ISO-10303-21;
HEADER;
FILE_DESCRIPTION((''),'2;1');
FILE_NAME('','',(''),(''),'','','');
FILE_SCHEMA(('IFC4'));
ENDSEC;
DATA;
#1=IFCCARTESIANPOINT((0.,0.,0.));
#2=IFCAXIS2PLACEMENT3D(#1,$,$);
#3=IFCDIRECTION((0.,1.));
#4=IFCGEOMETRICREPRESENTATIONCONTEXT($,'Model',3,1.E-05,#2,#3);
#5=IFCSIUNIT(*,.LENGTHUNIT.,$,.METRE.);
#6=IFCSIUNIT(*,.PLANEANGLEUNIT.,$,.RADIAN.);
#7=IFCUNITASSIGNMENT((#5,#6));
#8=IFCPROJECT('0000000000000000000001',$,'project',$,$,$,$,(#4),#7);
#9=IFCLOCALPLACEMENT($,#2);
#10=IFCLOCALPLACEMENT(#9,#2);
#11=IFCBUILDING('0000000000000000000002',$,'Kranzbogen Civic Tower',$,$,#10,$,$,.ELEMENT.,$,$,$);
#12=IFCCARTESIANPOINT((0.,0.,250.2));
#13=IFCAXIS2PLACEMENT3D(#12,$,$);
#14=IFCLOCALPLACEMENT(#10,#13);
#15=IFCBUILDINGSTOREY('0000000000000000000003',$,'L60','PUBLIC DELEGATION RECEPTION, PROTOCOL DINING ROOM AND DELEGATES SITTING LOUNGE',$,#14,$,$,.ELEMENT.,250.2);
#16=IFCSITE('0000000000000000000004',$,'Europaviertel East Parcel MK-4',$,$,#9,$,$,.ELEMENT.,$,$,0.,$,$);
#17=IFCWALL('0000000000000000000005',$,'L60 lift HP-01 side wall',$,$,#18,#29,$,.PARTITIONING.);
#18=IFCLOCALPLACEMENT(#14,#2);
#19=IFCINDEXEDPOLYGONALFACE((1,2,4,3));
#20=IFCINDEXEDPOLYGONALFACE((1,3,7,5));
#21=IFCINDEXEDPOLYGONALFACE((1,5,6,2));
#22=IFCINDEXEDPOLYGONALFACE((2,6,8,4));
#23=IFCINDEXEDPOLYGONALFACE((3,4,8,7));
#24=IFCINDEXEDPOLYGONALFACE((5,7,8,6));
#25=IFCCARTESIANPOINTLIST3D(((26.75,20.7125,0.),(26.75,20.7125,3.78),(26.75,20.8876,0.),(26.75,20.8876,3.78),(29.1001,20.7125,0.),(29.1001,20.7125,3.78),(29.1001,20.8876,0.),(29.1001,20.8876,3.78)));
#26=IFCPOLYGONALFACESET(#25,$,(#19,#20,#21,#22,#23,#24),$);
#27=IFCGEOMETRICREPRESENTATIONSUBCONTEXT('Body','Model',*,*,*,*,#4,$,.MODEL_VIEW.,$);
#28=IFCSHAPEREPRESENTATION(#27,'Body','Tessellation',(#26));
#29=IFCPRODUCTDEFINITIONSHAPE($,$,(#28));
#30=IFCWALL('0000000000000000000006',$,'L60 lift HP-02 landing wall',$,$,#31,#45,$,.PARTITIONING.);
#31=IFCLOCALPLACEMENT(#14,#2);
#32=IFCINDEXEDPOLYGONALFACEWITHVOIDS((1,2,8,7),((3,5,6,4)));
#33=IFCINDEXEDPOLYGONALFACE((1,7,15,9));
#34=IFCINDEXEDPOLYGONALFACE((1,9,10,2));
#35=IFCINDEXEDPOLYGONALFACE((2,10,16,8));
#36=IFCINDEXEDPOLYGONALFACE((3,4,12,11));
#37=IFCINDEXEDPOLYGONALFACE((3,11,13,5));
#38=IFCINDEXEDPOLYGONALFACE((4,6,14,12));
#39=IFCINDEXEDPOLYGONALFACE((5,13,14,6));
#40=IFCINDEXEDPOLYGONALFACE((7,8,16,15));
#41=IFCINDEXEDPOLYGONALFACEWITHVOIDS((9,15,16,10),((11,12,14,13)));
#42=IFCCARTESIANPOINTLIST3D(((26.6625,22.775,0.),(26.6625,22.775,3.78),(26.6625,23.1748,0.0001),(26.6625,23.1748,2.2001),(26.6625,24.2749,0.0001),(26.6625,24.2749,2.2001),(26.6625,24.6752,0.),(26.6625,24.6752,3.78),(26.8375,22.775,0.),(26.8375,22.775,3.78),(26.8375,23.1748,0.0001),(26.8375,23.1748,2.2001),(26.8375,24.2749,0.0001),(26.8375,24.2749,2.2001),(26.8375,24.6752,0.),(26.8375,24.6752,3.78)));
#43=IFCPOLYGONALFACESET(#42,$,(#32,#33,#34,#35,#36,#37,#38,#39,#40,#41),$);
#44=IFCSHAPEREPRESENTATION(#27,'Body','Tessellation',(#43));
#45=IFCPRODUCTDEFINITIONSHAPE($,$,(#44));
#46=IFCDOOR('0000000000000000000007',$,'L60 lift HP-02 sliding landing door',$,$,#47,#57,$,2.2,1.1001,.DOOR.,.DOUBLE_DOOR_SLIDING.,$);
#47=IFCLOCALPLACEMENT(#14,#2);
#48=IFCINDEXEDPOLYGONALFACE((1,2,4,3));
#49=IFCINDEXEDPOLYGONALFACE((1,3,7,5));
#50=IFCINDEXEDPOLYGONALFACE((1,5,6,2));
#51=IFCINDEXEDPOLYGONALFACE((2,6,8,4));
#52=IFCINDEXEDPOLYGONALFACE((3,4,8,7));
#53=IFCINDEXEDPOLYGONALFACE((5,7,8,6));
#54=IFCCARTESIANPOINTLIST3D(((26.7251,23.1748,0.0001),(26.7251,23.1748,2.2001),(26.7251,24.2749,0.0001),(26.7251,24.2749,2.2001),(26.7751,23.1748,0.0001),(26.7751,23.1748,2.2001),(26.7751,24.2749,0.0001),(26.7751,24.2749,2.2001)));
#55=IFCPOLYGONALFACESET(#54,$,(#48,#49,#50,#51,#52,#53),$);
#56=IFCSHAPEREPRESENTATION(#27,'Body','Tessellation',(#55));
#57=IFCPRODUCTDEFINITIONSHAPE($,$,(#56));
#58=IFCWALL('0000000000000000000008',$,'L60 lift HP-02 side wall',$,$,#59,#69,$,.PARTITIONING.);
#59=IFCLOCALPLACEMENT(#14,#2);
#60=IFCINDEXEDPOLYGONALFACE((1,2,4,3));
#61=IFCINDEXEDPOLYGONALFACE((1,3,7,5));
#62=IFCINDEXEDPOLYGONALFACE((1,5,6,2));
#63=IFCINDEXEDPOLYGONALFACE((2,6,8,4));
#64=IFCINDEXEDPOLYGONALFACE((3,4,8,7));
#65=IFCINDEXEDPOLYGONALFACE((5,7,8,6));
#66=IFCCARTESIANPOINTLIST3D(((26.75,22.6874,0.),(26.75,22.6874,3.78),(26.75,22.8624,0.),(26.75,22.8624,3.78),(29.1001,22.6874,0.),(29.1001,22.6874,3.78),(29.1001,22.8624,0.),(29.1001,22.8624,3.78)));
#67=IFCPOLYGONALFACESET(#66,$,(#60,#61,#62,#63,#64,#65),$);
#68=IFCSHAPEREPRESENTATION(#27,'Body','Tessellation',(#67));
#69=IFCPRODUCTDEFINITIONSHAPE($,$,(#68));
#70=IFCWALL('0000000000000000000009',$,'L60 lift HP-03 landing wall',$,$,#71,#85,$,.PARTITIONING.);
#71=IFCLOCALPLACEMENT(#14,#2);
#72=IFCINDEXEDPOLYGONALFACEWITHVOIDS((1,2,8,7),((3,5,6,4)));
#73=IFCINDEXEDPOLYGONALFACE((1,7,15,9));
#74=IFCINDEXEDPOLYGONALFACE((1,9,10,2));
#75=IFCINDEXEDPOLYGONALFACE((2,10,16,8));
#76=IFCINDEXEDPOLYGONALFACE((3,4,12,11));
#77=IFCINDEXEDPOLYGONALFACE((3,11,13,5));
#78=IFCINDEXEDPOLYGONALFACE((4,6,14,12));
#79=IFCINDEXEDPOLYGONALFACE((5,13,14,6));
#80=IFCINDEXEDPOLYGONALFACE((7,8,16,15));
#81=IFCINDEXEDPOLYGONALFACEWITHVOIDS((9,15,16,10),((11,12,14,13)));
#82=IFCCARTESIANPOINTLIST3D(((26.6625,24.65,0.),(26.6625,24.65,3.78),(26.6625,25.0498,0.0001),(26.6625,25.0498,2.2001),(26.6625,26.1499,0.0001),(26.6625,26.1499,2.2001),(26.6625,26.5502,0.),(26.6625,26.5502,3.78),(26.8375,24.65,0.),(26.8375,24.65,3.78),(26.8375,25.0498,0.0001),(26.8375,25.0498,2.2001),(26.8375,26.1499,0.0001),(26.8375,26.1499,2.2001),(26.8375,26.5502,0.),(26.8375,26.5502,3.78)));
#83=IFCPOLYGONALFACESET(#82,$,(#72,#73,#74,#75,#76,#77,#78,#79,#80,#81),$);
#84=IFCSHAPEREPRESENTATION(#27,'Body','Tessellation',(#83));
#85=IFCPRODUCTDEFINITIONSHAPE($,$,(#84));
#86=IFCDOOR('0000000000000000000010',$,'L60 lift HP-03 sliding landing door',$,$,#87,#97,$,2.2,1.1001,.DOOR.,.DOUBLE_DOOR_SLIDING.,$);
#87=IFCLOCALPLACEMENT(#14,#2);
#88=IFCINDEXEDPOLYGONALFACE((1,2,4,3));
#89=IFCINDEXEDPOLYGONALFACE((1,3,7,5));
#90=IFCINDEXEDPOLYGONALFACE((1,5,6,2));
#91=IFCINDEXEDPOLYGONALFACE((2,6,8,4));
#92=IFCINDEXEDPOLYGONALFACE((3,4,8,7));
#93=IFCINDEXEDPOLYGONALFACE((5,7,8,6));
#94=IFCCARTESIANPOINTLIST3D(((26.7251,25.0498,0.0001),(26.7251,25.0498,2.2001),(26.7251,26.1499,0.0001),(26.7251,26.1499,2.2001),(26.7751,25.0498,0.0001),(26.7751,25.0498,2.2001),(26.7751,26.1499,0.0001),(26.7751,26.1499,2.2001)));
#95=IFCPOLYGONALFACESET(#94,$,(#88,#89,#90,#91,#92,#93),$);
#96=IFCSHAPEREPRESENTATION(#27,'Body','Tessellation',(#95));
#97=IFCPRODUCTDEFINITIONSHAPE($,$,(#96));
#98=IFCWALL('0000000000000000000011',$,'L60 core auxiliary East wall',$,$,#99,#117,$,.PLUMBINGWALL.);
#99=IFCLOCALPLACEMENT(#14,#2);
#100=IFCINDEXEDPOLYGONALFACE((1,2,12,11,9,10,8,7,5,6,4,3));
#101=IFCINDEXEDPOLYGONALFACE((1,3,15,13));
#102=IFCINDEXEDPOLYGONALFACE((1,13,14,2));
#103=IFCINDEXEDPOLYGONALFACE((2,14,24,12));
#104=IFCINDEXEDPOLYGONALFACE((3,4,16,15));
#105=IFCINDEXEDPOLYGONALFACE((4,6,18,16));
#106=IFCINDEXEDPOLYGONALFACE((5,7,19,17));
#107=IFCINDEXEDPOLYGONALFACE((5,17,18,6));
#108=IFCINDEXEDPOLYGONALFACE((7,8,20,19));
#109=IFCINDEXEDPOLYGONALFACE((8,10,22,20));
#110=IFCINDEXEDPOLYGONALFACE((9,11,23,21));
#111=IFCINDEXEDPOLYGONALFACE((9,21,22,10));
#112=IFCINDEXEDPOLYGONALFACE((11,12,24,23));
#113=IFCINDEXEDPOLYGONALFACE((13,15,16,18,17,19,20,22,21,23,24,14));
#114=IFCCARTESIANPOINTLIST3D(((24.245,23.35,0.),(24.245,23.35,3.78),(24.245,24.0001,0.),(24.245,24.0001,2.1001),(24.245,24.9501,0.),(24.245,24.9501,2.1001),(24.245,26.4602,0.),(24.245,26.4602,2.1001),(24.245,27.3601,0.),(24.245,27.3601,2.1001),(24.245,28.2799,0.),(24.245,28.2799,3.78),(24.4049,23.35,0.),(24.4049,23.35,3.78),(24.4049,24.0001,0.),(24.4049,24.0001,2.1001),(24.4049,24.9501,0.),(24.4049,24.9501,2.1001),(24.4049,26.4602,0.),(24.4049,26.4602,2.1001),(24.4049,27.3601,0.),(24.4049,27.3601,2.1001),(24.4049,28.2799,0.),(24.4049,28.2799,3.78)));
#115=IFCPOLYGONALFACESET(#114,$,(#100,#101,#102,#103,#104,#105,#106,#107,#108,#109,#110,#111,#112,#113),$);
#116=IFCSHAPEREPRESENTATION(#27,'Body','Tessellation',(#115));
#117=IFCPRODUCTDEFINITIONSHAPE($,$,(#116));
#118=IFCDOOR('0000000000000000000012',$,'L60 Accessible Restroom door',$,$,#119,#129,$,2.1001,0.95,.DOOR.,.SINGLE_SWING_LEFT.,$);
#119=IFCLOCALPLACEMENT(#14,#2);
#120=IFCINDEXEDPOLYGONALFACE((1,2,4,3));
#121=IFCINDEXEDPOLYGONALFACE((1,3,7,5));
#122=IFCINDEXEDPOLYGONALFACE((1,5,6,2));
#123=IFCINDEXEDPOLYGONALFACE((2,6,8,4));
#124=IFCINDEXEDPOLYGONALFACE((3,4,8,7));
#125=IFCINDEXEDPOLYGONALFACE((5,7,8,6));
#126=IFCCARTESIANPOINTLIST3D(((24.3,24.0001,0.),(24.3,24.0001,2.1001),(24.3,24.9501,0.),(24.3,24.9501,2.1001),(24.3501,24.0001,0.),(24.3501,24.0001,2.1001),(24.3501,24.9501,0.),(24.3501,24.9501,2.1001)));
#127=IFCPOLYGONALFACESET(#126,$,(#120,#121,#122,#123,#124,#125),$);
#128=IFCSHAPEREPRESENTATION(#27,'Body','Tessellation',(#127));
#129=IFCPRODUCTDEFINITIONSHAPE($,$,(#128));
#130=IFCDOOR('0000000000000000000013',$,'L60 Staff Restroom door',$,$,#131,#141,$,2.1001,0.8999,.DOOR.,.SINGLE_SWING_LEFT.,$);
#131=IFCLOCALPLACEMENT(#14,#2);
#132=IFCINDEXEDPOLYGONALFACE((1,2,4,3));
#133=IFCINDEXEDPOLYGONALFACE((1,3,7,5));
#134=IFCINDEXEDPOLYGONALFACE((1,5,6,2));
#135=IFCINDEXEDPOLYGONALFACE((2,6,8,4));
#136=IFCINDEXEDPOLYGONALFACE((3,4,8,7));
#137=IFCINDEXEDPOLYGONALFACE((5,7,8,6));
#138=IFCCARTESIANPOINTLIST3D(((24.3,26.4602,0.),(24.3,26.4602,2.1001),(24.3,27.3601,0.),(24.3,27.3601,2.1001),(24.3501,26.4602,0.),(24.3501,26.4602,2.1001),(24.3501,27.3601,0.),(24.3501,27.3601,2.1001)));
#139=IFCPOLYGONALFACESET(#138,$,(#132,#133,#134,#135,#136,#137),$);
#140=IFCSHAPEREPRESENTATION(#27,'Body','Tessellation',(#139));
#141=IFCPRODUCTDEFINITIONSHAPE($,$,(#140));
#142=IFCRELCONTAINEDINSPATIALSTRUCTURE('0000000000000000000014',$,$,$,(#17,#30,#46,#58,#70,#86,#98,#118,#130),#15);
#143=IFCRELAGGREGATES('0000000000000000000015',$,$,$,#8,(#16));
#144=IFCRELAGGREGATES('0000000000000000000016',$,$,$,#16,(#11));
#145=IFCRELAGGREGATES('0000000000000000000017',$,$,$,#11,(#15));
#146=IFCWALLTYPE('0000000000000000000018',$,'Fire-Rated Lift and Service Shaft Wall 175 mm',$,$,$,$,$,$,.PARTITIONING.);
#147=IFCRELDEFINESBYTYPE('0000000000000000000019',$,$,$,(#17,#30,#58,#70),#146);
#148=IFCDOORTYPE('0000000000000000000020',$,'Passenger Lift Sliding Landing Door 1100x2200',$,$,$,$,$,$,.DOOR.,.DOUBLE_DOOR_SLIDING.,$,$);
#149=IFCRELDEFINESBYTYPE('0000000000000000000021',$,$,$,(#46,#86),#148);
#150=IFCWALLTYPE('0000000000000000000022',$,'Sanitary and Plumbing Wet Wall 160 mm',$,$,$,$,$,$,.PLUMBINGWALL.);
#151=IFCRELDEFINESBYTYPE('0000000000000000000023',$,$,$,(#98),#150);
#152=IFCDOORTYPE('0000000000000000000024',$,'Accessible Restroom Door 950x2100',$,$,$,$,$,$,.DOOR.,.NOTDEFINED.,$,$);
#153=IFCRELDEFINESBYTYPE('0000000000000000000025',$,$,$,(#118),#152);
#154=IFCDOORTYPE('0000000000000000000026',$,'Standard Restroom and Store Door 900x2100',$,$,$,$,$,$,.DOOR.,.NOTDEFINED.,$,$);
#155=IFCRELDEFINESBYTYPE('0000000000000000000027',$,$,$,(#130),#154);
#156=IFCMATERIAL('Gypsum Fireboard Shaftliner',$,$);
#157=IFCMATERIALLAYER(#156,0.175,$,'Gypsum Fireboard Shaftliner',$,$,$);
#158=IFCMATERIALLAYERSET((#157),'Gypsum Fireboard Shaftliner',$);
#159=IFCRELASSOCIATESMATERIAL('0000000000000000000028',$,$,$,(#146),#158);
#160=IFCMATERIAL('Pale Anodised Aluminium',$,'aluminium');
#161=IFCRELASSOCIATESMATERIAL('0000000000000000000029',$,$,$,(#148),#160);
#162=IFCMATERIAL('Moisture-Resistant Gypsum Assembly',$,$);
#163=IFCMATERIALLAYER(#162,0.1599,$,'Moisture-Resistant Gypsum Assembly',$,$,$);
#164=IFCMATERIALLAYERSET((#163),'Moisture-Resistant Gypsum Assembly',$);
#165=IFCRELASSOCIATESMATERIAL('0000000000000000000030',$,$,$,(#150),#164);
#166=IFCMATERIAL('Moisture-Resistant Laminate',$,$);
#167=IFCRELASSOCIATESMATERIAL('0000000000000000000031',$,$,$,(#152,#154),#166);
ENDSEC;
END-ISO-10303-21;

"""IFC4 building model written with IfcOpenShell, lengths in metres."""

from ifc_helpers import new_model, si_unit, direction, frame, frame_2d, origin, place, context, subcontext, project, spatial, rectangle, extrude, material, layer, layer_set, type_object, element, fill, save


model = new_model("IFC4")

# Units and contexts
model_context = context("Model", 3, precision=1e-05, world=origin(), true_north=direction((0.0, 1.0)))
body_context = subcontext(model_context, "Body", "Model", "MODEL_VIEW")
ifc_project = project(units=[si_unit("LENGTHUNIT", "METRE"), si_unit("PLANEANGLEUNIT", "RADIAN")], contexts=[model_context])

# Site, building, storey
site_placement = place(None, origin())
site = spatial("IfcSite", under=ifc_project, at=site_placement, Name="Europaviertel East Parcel MK-4", CompositionType="ELEMENT", RefElevation=0.0)
building_placement = place(site_placement, origin())
building = spatial("IfcBuilding", under=site, at=building_placement, Name="Kranzbogen Civic Tower", CompositionType="ELEMENT")
storey_placement = place(building_placement, frame((0.0, 0.0, 250.2)))
storey = spatial("IfcBuildingStorey", under=building, at=storey_placement, Name="L60", Description="PUBLIC DELEGATION RECEPTION, PROTOCOL DINING ROOM AND DELEGATES SITTING LOUNGE", CompositionType="ELEMENT", Elevation=250.2)

# Shared definitions
ifc_material_1 = material(Name="Gypsum Fireboard Shaftliner")
ifc_layer_1 = layer(ifc_material_1, 0.175, Name="Gypsum Fireboard Shaftliner")
ifc_layer_set_1 = layer_set([ifc_layer_1], Name="Gypsum Fireboard Shaftliner")
wall_type_1 = type_object("IfcWallType", Name="Fire-Rated Lift and Service Shaft Wall 175 mm", PredefinedType="PARTITIONING", material=ifc_layer_set_1)

# Shared definitions
ifc_material_2 = material(Name="Pale Anodised Aluminium", Category="aluminium")
door_type_1 = type_object("IfcDoorType", Name="Passenger Lift Sliding Landing Door 1100x2200", OperationType="DOUBLE_DOOR_SLIDING", PredefinedType="DOOR", material=ifc_material_2)

# Wall
wall_1_placement = place(storey_placement, frame((26.75, 20.8, 0.0), z_axis=(0.0, 0.0, 1.0), x_axis=(1.0, 0.0, 0.0)))
element("IfcWall", 1, at=wall_1_placement, inside=storey, type_object=wall_type_1, Name="L60 lift HP-01 side wall", PredefinedType="PARTITIONING", context=body_context, shape_type="SweptSolid", body=[
    extrude(rectangle(XDim=2.3501, YDim=0.175, at=frame_2d((1.175, 0.0))), origin(), (0.0, 0.0, 1.0), 3.78),
])

# Wall, opening, door
wall_2_placement = place(storey_placement, frame((26.75, 22.7749, 0.0), z_axis=(0.0, 0.0, 1.0), x_axis=(0.0, 1.0, 0.0)))
wall_2 = element("IfcWall", 2, at=wall_2_placement, inside=storey, type_object=wall_type_1, Name="L60 lift HP-02 landing wall", PredefinedType="PARTITIONING", context=body_context, shape_type="SweptSolid", body=[
    extrude(rectangle(XDim=1.9001, YDim=0.175, at=frame_2d((0.9502, 0.0))), origin(), (0.0, 0.0, 1.0), 3.78),
])
opening_1_placement = place(wall_2_placement, frame((0.3999, 0.0, 0.0)))
opening_1 = element("IfcOpeningElement", 3, at=opening_1_placement, cuts=wall_2, PredefinedType="OPENING", context=body_context, shape_type="SweptSolid", body=[
    extrude(rectangle(XDim=1.1001, YDim=2.2, at=frame_2d((0.55, 1.1001))), frame((0.0, 0.0977, 0.0), z_axis=(0.0, -1.0, 0.0), x_axis=(1.0, 0.0, 0.0)), (0.0, 0.0, 1.0), 0.1951),
])
door_1_placement = place(opening_1_placement, origin())
door_1 = element("IfcDoor", 4, at=door_1_placement, inside=storey, type_object=door_type_1, Name="L60 lift HP-02 sliding landing door", OperationType="DOUBLE_DOOR_SLIDING", OverallHeight=2.2, OverallWidth=1.1001, PredefinedType="DOOR", context=body_context, shape_type="SweptSolid", body=[
    extrude(rectangle(XDim=1.1001, YDim=2.2, at=frame_2d((0.55, 1.1001))), frame((0.0, 0.0249, 0.0), z_axis=(0.0, -1.0, 0.0), x_axis=(1.0, 0.0, 0.0)), (0.0, 0.0, 1.0), 0.05),
])
fill(opening_1, door_1)

# Wall
wall_3_placement = place(storey_placement, frame((26.75, 22.7749, 0.0), z_axis=(0.0, 0.0, 1.0), x_axis=(1.0, 0.0, 0.0)))
element("IfcWall", 5, at=wall_3_placement, inside=storey, type_object=wall_type_1, Name="L60 lift HP-02 side wall", PredefinedType="PARTITIONING", context=body_context, shape_type="SweptSolid", body=[
    extrude(rectangle(XDim=2.3501, YDim=0.175, at=frame_2d((1.175, 0.0))), origin(), (0.0, 0.0, 1.0), 3.78),
])

# Wall, opening, door
wall_4_placement = place(storey_placement, frame((26.75, 24.6499, 0.0), z_axis=(0.0, 0.0, 1.0), x_axis=(0.0, 1.0, 0.0)))
wall_4 = element("IfcWall", 6, at=wall_4_placement, inside=storey, type_object=wall_type_1, Name="L60 lift HP-03 landing wall", PredefinedType="PARTITIONING", context=body_context, shape_type="SweptSolid", body=[
    extrude(rectangle(XDim=1.9001, YDim=0.175, at=frame_2d((0.9502, 0.0))), origin(), (0.0, 0.0, 1.0), 3.78),
])
opening_2_placement = place(wall_4_placement, frame((0.3999, 0.0, 0.0)))
opening_2 = element("IfcOpeningElement", 7, at=opening_2_placement, cuts=wall_4, PredefinedType="OPENING", context=body_context, shape_type="SweptSolid", body=[
    extrude(rectangle(XDim=1.1001, YDim=2.2, at=frame_2d((0.55, 1.1001))), frame((0.0, 0.0977, 0.0), z_axis=(0.0, -1.0, 0.0), x_axis=(1.0, 0.0, 0.0)), (0.0, 0.0, 1.0), 0.1951),
])
door_2_placement = place(opening_2_placement, origin())
door_2 = element("IfcDoor", 8, at=door_2_placement, inside=storey, type_object=door_type_1, Name="L60 lift HP-03 sliding landing door", OperationType="DOUBLE_DOOR_SLIDING", OverallHeight=2.2, OverallWidth=1.1001, PredefinedType="DOOR", context=body_context, shape_type="SweptSolid", body=[
    extrude(rectangle(XDim=1.1001, YDim=2.2, at=frame_2d((0.55, 1.1001))), frame((0.0, 0.0249, 0.0), z_axis=(0.0, -1.0, 0.0), x_axis=(1.0, 0.0, 0.0)), (0.0, 0.0, 1.0), 0.05),
])
fill(opening_2, door_2)

# Wall, openings, doors
ifc_material_3 = material(Name="Moisture-Resistant Gypsum Assembly")
ifc_layer_2 = layer(ifc_material_3, 0.1599, Name="Moisture-Resistant Gypsum Assembly")
ifc_layer_set_2 = layer_set([ifc_layer_2], Name="Moisture-Resistant Gypsum Assembly")
wall_type_2 = type_object("IfcWallType", Name="Sanitary and Plumbing Wet Wall 160 mm", PredefinedType="PLUMBINGWALL", material=ifc_layer_set_2)
wall_5_placement = place(storey_placement, frame((24.325, 23.3501, 0.0), z_axis=(0.0, 0.0, 1.0), x_axis=(0.0, 1.0, 0.0)))
wall_5 = element("IfcWall", 9, at=wall_5_placement, inside=storey, type_object=wall_type_2, Name="L60 core auxiliary East wall", PredefinedType="PLUMBINGWALL", context=body_context, shape_type="SweptSolid", body=[
    extrude(rectangle(XDim=4.9299, YDim=0.1599, at=frame_2d((2.4648, 0.0))), origin(), (0.0, 0.0, 1.0), 3.78),
])
opening_3_placement = place(wall_5_placement, frame((0.6499, 0.0, 0.0)))
opening_3 = element("IfcOpeningElement", 10, at=opening_3_placement, cuts=wall_5, PredefinedType="OPENING", context=body_context, shape_type="SweptSolid", body=[
    extrude(rectangle(XDim=0.95, YDim=2.1001, at=frame_2d((0.4751, 1.05))), frame((0.0, 0.0898, 0.0), z_axis=(0.0, -1.0, 0.0), x_axis=(1.0, 0.0, 0.0)), (0.0, 0.0, 1.0), 0.1799),
])
opening_4_placement = place(wall_5_placement, frame((3.1101, 0.0, 0.0)))
opening_4 = element("IfcOpeningElement", 11, at=opening_4_placement, cuts=wall_5, PredefinedType="OPENING", context=body_context, shape_type="SweptSolid", body=[
    extrude(rectangle(XDim=0.8999, YDim=2.1001, at=frame_2d((0.45, 1.05))), frame((0.0, 0.0898, 0.0), z_axis=(0.0, -1.0, 0.0), x_axis=(1.0, 0.0, 0.0)), (0.0, 0.0, 1.0), 0.1799),
])
ifc_material_4 = material(Name="Moisture-Resistant Laminate")
door_type_2 = type_object("IfcDoorType", Name="Accessible Restroom Door 950x2100", OperationType="NOTDEFINED", PredefinedType="DOOR", material=ifc_material_4)
door_3_placement = place(opening_3_placement, origin())
door_3 = element("IfcDoor", 12, at=door_3_placement, inside=storey, type_object=door_type_2, Name="L60 Accessible Restroom door", OperationType="SINGLE_SWING_LEFT", OverallHeight=2.1001, OverallWidth=0.95, PredefinedType="DOOR", context=body_context, shape_type="SweptSolid", body=[
    extrude(rectangle(XDim=0.95, YDim=2.1001, at=frame_2d((0.4751, 1.05))), frame((0.0, 0.0249, 0.0), z_axis=(0.0, -1.0, 0.0), x_axis=(1.0, 0.0, 0.0)), (0.0, 0.0, 1.0), 0.05),
])
fill(opening_3, door_3)
door_type_3 = type_object("IfcDoorType", Name="Standard Restroom and Store Door 900x2100", OperationType="NOTDEFINED", PredefinedType="DOOR", material=ifc_material_4)
door_4_placement = place(opening_4_placement, origin())
door_4 = element("IfcDoor", 13, at=door_4_placement, inside=storey, type_object=door_type_3, Name="L60 Staff Restroom door", OperationType="SINGLE_SWING_LEFT", OverallHeight=2.1001, OverallWidth=0.8999, PredefinedType="DOOR", context=body_context, shape_type="SweptSolid", body=[
    extrude(rectangle(XDim=0.8999, YDim=2.1001, at=frame_2d((0.45, 1.05))), frame((0.0, 0.0249, 0.0), z_axis=(0.0, -1.0, 0.0), x_axis=(1.0, 0.0, 0.0)), (0.0, 0.0, 1.0), 0.05),
])
fill(opening_4, door_4)

save(model, "model.ifc")
